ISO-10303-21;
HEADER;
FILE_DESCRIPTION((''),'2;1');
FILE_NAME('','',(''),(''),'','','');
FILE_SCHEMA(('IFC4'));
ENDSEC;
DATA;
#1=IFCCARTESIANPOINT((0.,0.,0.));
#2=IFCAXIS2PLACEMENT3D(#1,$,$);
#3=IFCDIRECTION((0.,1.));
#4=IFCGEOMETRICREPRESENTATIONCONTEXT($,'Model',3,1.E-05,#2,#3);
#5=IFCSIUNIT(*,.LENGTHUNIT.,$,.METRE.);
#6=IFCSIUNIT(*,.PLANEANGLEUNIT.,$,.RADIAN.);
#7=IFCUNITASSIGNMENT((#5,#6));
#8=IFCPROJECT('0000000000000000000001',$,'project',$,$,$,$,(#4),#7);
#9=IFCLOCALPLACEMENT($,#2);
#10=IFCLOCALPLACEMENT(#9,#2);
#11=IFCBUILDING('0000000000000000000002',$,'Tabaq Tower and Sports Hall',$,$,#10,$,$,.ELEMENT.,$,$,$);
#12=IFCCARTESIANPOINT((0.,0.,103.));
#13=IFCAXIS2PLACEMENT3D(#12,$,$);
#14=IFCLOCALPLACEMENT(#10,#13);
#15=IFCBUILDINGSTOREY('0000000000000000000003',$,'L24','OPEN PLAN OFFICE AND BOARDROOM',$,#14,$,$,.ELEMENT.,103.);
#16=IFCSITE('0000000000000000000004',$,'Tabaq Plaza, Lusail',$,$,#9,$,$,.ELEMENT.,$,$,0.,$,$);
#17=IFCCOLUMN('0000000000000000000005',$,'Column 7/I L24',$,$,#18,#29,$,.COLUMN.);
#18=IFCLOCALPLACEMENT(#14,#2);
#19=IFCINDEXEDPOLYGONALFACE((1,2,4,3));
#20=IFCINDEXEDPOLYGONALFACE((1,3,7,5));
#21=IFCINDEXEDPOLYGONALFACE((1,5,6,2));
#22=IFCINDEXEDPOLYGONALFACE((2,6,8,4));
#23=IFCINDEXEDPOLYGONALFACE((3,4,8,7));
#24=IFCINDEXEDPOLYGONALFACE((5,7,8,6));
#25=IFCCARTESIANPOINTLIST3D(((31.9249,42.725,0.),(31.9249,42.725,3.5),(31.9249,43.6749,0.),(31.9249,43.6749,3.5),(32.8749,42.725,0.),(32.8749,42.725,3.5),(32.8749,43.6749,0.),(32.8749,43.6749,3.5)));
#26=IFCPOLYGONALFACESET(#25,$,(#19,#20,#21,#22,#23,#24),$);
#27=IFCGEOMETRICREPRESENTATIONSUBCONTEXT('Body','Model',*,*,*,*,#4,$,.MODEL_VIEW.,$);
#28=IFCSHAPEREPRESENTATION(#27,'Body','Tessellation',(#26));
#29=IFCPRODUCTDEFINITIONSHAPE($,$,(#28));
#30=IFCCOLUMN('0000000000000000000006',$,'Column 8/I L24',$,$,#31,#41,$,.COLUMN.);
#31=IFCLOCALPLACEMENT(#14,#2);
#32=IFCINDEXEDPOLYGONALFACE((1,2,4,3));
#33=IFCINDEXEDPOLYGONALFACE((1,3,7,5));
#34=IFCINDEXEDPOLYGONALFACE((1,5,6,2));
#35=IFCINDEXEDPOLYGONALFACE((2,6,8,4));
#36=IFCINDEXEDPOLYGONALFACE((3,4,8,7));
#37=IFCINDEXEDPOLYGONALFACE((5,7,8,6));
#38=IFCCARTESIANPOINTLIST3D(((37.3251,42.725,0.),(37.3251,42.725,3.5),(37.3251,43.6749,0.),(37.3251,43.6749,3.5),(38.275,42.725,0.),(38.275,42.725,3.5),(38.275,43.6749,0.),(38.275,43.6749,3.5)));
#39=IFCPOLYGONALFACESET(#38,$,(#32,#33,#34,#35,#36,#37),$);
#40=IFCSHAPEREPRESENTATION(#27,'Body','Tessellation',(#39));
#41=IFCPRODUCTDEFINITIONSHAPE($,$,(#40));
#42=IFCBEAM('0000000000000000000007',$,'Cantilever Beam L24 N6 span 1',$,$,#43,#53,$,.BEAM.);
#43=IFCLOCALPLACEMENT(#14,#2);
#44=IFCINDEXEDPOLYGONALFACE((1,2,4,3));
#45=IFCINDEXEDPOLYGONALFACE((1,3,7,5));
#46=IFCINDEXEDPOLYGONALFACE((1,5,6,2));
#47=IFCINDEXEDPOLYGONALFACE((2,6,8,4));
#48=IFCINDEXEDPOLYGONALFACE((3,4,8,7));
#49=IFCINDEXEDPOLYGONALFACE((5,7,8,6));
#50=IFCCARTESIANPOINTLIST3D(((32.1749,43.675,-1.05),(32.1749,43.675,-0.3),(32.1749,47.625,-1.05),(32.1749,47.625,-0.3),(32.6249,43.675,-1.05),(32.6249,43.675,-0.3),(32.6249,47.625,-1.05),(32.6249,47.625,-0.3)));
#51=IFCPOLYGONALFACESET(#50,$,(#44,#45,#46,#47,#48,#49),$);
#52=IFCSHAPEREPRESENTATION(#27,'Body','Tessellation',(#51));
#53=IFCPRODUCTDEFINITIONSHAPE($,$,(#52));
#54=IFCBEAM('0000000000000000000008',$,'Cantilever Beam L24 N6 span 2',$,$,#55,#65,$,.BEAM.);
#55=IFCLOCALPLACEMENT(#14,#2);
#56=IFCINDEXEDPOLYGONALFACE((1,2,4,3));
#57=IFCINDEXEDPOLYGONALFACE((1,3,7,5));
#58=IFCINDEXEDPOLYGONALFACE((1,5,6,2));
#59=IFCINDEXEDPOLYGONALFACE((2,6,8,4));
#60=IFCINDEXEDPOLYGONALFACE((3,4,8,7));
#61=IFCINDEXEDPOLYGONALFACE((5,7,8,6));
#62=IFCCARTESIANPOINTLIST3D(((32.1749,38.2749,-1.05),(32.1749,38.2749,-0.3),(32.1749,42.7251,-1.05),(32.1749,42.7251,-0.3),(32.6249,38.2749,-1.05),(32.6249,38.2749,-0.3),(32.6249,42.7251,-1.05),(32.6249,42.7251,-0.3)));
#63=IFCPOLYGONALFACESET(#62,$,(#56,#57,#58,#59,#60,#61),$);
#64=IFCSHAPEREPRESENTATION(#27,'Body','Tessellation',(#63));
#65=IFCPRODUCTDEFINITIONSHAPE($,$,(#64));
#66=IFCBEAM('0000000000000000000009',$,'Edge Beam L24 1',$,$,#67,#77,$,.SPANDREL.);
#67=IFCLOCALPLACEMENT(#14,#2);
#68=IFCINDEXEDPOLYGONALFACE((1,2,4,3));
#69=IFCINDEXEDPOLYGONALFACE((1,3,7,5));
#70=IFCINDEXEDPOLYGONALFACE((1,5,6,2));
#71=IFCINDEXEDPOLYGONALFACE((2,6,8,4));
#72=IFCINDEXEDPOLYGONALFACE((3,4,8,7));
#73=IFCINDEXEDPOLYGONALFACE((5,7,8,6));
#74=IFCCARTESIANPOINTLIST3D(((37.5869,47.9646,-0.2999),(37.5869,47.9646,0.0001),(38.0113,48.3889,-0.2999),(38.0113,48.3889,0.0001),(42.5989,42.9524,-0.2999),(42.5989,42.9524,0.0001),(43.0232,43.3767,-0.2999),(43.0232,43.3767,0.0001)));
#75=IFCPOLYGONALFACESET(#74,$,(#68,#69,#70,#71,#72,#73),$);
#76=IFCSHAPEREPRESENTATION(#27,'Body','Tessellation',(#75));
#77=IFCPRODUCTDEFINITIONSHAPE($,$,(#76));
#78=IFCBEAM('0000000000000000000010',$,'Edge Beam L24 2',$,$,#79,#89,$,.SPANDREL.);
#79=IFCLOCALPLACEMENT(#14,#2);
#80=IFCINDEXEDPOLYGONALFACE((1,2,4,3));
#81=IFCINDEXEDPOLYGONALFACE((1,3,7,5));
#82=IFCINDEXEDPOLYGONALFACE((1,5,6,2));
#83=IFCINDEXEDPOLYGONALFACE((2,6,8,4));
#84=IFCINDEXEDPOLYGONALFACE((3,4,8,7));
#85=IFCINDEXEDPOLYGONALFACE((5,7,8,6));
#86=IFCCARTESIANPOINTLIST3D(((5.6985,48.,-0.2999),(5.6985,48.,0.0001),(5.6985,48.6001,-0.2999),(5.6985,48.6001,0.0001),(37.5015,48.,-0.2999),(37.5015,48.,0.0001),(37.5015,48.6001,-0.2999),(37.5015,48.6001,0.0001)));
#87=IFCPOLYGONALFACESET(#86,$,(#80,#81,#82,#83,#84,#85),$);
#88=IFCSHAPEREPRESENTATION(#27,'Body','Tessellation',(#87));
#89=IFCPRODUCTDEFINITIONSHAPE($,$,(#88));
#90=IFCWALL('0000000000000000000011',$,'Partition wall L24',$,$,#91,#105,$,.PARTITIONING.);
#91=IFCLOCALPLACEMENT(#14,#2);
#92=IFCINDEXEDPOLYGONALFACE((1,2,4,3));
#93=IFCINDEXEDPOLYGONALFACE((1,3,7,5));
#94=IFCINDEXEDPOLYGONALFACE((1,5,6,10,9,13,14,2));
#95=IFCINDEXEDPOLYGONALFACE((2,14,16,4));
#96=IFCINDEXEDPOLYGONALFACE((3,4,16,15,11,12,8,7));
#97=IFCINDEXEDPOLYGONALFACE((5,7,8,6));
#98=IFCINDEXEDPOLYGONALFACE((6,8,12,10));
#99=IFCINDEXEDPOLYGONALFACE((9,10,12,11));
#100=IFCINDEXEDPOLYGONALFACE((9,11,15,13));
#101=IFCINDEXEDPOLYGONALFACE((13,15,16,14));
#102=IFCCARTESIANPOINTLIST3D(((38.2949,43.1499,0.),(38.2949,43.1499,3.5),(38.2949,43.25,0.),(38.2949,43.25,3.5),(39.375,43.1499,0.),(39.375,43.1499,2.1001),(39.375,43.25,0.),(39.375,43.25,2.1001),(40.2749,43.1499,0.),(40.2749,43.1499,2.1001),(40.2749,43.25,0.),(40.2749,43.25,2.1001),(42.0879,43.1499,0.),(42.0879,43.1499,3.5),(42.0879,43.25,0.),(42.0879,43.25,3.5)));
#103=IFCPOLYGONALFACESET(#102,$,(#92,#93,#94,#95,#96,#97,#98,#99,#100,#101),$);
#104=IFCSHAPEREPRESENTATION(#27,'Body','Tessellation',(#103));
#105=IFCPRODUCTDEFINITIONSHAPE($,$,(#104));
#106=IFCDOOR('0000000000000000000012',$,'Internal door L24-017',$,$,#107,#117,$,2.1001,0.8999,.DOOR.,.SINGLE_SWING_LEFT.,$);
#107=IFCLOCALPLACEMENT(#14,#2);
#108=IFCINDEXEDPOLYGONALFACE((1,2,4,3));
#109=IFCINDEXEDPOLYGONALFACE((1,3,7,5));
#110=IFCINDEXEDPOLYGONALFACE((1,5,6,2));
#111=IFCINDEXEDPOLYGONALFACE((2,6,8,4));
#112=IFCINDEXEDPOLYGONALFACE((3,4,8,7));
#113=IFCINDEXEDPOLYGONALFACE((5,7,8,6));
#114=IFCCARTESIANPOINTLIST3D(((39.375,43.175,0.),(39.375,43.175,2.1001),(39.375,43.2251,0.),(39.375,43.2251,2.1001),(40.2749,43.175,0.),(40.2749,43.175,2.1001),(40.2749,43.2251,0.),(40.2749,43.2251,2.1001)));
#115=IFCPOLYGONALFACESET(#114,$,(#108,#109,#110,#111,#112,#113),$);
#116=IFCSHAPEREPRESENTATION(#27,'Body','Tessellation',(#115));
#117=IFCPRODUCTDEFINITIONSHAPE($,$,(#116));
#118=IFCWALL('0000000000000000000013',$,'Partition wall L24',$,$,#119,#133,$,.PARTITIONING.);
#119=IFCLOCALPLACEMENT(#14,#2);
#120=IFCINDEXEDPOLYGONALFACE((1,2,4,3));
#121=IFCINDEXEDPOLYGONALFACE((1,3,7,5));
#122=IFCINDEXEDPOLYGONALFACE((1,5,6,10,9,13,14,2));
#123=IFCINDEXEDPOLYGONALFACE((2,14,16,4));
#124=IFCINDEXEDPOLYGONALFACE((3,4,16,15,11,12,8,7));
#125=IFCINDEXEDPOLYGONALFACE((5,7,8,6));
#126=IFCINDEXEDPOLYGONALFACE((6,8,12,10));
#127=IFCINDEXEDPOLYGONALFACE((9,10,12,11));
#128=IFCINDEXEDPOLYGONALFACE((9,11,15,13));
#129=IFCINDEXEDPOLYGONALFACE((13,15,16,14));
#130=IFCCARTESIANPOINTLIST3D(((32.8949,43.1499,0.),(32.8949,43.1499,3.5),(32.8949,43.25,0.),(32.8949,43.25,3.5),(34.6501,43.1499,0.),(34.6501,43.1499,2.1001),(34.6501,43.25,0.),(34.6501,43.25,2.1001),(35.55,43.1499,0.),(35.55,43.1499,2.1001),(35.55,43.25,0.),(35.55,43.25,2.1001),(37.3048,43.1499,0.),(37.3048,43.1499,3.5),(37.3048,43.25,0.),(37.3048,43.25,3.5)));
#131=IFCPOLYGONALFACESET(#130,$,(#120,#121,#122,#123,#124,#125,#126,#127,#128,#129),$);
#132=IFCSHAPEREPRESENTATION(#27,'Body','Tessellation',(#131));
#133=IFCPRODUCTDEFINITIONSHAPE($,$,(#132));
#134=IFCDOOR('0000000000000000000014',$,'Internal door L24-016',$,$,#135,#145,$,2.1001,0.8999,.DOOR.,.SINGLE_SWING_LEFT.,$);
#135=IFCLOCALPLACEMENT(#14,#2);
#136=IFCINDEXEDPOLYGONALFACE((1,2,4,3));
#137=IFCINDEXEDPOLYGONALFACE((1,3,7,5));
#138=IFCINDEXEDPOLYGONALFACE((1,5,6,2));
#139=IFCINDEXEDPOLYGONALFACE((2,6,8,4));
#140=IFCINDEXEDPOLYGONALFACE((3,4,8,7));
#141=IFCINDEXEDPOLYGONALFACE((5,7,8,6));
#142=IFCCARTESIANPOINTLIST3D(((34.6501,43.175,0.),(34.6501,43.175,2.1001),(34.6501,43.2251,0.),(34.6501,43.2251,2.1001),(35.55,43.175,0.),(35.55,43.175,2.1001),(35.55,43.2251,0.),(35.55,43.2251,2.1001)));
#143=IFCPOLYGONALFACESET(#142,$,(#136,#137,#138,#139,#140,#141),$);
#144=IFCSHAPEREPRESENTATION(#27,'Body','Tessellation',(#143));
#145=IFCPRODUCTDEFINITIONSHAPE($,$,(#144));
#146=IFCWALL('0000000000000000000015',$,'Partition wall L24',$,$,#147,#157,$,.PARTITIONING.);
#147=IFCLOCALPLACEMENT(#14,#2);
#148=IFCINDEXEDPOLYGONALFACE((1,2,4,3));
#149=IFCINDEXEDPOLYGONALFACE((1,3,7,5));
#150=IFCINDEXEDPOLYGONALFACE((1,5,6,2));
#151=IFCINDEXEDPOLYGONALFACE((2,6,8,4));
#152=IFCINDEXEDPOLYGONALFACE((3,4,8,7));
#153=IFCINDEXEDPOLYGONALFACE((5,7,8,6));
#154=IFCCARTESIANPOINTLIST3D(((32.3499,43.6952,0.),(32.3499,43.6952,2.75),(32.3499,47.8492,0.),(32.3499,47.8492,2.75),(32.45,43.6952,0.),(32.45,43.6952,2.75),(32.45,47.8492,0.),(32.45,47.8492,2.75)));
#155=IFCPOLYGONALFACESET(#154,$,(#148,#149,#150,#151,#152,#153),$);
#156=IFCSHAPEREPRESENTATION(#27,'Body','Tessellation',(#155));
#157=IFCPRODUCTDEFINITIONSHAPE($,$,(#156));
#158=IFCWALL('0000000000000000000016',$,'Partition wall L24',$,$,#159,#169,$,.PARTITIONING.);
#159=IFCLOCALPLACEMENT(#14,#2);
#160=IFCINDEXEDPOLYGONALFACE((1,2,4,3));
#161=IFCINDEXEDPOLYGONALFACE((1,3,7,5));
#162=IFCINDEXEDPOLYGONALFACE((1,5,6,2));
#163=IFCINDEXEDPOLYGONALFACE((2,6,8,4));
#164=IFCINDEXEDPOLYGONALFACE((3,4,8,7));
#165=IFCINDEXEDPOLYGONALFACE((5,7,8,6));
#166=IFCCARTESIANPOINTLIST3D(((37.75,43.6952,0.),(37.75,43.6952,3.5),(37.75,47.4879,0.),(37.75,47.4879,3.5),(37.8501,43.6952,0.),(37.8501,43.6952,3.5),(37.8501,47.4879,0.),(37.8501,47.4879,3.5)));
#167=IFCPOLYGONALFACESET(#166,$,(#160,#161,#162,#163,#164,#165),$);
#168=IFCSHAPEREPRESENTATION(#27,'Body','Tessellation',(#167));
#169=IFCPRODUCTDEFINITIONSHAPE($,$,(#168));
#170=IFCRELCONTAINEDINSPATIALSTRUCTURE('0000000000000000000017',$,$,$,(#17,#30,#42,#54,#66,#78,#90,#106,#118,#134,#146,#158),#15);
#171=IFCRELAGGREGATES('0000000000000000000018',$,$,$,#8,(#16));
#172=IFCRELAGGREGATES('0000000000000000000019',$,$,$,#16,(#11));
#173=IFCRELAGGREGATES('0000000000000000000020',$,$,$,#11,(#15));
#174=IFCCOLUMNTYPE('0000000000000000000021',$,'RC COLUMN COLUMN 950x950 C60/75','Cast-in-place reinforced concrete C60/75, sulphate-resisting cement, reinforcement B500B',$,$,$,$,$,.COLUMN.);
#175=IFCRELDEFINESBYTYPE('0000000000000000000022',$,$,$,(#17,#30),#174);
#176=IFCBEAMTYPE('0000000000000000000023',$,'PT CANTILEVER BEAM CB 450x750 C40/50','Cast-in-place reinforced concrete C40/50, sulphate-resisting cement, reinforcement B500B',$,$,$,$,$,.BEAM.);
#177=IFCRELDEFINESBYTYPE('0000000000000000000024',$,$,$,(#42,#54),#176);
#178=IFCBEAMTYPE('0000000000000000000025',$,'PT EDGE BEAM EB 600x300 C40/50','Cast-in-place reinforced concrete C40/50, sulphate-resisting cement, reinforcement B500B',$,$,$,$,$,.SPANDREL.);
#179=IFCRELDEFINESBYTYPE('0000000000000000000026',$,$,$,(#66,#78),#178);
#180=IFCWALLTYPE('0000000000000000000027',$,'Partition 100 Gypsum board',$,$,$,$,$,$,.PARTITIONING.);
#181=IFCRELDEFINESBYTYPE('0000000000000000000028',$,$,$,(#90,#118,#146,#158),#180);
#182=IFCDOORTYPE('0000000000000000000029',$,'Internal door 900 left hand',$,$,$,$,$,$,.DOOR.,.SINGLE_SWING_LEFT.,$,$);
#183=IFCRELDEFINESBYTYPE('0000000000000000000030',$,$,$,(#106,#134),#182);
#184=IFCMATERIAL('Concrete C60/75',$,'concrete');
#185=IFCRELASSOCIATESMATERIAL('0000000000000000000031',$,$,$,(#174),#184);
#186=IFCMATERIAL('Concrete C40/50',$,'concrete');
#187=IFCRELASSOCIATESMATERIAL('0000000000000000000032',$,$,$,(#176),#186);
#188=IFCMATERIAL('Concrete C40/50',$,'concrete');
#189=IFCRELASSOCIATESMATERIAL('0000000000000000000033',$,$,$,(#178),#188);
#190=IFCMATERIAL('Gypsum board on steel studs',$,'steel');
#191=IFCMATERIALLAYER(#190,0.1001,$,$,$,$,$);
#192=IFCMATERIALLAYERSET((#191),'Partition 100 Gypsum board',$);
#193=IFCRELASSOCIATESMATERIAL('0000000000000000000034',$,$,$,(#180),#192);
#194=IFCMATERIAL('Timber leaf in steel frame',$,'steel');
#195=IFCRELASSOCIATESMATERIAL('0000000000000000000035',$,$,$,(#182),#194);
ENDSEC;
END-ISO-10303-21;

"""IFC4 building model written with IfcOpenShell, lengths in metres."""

from ifc_helpers import new_model, si_unit, direction, frame, frame_2d, origin, origin_2d, place, context, subcontext, project, spatial, rectangle, extrude, material, layer, layer_set, material_profile, profile_set, type_object, element, fill, save


model = new_model("IFC4")

# Units and contexts
model_context = context("Model", 3, precision=1e-05, world=origin(), true_north=direction((0.0, 1.0)))
body_context = subcontext(model_context, "Body", "Model", "MODEL_VIEW")
ifc_project = project(units=[si_unit("LENGTHUNIT", "METRE"), si_unit("PLANEANGLEUNIT", "RADIAN")], contexts=[model_context])

# Site, building, storey
site_placement = place(None, origin())
site = spatial("IfcSite", under=ifc_project, at=site_placement, Name="Tabaq Plaza, Lusail", CompositionType="ELEMENT", RefElevation=0.0)
building_placement = place(site_placement, origin())
building = spatial("IfcBuilding", under=site, at=building_placement, Name="Tabaq Tower and Sports Hall", CompositionType="ELEMENT")
storey_placement = place(building_placement, frame((0.0, 0.0, 103.0)))
storey = spatial("IfcBuildingStorey", under=building, at=storey_placement, Name="L24", Description="OPEN PLAN OFFICE AND BOARDROOM", CompositionType="ELEMENT", Elevation=103.0)

# Columns
ifc_material_1 = material(Name="Concrete C60/75", Category="concrete")
ifc_material_profile_1 = material_profile(ifc_material_1, rectangle(XDim=0.95, YDim=0.95, at=origin_2d()), Name="COLUMN 950x950")
ifc_profile_set_1 = profile_set([ifc_material_profile_1], Name="Concrete C60/75")
column_type = type_object("IfcColumnType", Name="RC COLUMN COLUMN 950x950 C60/75", Description="Cast-in-place reinforced concrete C60/75, sulphate-resisting cement, reinforcement B500B", PredefinedType="COLUMN", material=ifc_profile_set_1)
for number, where, z_axis, x_axis, name in (
    (1, (32.3999, 43.2, 0.0), (0.0, 0.0, 1.0), (1.0, 0.0, 0.0), "Column 7/I L24"),
    (2, (37.8, 43.2, 0.0), (0.0, 0.0, 1.0), (1.0, 0.0, 0.0), "Column 8/I L24"),
):
    element("IfcColumn", number, at=place(storey_placement, frame(where, z_axis=z_axis, x_axis=x_axis)), inside=storey, type_object=column_type, Name=name, PredefinedType="COLUMN", context=body_context, shape_type="SweptSolid", body=[
        extrude(rectangle(XDim=0.95, YDim=0.95, at=origin_2d()), origin(), (0.0, 0.0, 1.0), 3.5),
    ])

# Beams
ifc_material_2 = material(Name="Concrete C40/50", Category="concrete")
ifc_material_profile_2 = material_profile(ifc_material_2, rectangle(XDim=0.45, YDim=0.75, at=origin_2d()), Name="CB 450x750")
ifc_profile_set_2 = profile_set([ifc_material_profile_2], Name="Concrete C40/50")
beam_type_1 = type_object("IfcBeamType", Name="PT CANTILEVER BEAM CB 450x750 C40/50", Description="Cast-in-place reinforced concrete C40/50, sulphate-resisting cement, reinforcement B500B", PredefinedType="BEAM", material=ifc_profile_set_2)
beam_1_placement = place(storey_placement, frame((32.3999, 47.625, -0.675), z_axis=(0.0, -1.0, 0.0), x_axis=(1.0, 0.0, 0.0)))
element("IfcBeam", 3, at=beam_1_placement, inside=storey, type_object=beam_type_1, Name="Cantilever Beam L24 N6 span 1", PredefinedType="BEAM", context=body_context, shape_type="SweptSolid", body=[
    extrude(rectangle(XDim=0.45, YDim=0.75, at=origin_2d()), origin(), (0.0, 0.0, 1.0), 3.95),
])
beam_2_placement = place(storey_placement, frame((32.3999, 42.7251, -0.675), z_axis=(0.0, -1.0, 0.0), x_axis=(1.0, 0.0, 0.0)))
element("IfcBeam", 4, at=beam_2_placement, inside=storey, type_object=beam_type_1, Name="Cantilever Beam L24 N6 span 2", PredefinedType="BEAM", context=body_context, shape_type="SweptSolid", body=[
    extrude(rectangle(XDim=0.45, YDim=0.75, at=origin_2d()), origin(), (0.0, 0.0, 1.0), 4.4502),
])
ifc_material_3 = material(Name="Concrete C40/50", Category="concrete")
ifc_material_profile_3 = material_profile(ifc_material_3, rectangle(XDim=0.6001, YDim=0.3, at=origin_2d()), Name="EB 600x300")
ifc_profile_set_3 = profile_set([ifc_material_profile_3], Name="Concrete C40/50")
beam_type_2 = type_object("IfcBeamType", Name="PT EDGE BEAM EB 600x300 C40/50", Description="Cast-in-place reinforced concrete C40/50, sulphate-resisting cement, reinforcement B500B", PredefinedType="SPANDREL", material=ifc_profile_set_3)
beam_3_placement = place(storey_placement, frame((42.811, 43.1646, -0.1499), z_axis=(-0.70709, 0.707124, 0.0), x_axis=(-0.707124, -0.70709, 0.0)))
element("IfcBeam", 5, at=beam_3_placement, inside=storey, type_object=beam_type_2, Name="Edge Beam L24 1", PredefinedType="SPANDREL", context=body_context, shape_type="SweptSolid", body=[
    extrude(rectangle(XDim=0.6001, YDim=0.3, at=origin_2d()), origin(), (0.0, 0.0, 1.0), 7.0881),
])
beam_4_placement = place(storey_placement, frame((37.5015, 48.3, -0.1499), z_axis=(-1.0, 0.0, 0.0), x_axis=(0.0, -1.0, 0.0)))
element("IfcBeam", 6, at=beam_4_placement, inside=storey, type_object=beam_type_2, Name="Edge Beam L24 2", PredefinedType="SPANDREL", context=body_context, shape_type="SweptSolid", body=[
    extrude(rectangle(XDim=0.6001, YDim=0.3, at=origin_2d()), origin(), (0.0, 0.0, 1.0), 31.803),
])

# Walls, openings, doors
ifc_material_4 = material(Name="Gypsum board on steel studs", Category="steel")
ifc_layer_1 = layer(ifc_material_4, 0.1001)
ifc_layer_set_1 = layer_set([ifc_layer_1], Name="Partition 100 Gypsum board")
wall_type_1 = type_object("IfcWallType", Name="Partition 100 Gypsum board", PredefinedType="PARTITIONING", material=ifc_layer_set_1)
wall_1_placement = place(storey_placement, frame((42.0879, 43.2, 0.0), z_axis=(0.0, 0.0, 1.0), x_axis=(-1.0, 0.0, 0.0)))
wall_1 = element("IfcWall", 7, at=wall_1_placement, inside=storey, type_object=wall_type_1, Name="Partition wall L24", PredefinedType="PARTITIONING", context=body_context, shape_type="SweptSolid", body=[
    extrude(rectangle(XDim=3.793, YDim=0.1001, at=frame_2d((1.8965, 0.0))), origin(), (0.0, 0.0, 1.0), 3.5),
])
opening_1_placement = place(wall_1_placement, frame((1.813, 0.0, 0.0)))
opening_1 = element("IfcOpeningElement", 8, at=opening_1_placement, cuts=wall_1, PredefinedType="OPENING", context=body_context, shape_type="SweptSolid", body=[
    extrude(rectangle(XDim=0.8999, YDim=2.1001, at=frame_2d((0.45, 1.05))), frame((0.0, 0.05, 0.0), z_axis=(0.0, -1.0, 0.0), x_axis=(1.0, 0.0, 0.0)), (0.0, 0.0, 1.0), 0.1001),
])
ifc_material_5 = material(Name="Timber leaf in steel frame", Category="steel")
door_type = type_object("IfcDoorType", Name="Internal door 900 left hand", OperationType="SINGLE_SWING_LEFT", PredefinedType="DOOR", material=ifc_material_5)
door_1_placement = place(opening_1_placement, origin())
door_1 = element("IfcDoor", 9, at=door_1_placement, inside=storey, type_object=door_type, Name="Internal door L24-017", OperationType="SINGLE_SWING_LEFT", OverallHeight=2.1001, OverallWidth=0.8999, PredefinedType="DOOR", context=body_context, shape_type="SweptSolid", body=[
    extrude(rectangle(XDim=0.8999, YDim=2.1001, at=frame_2d((0.45, 1.05))), frame((0.0, 0.0249, 0.0), z_axis=(0.0, -1.0, 0.0), x_axis=(1.0, 0.0, 0.0)), (0.0, 0.0, 1.0), 0.05),
])
fill(opening_1, door_1)
wall_2_placement = place(storey_placement, frame((37.3049, 43.2, 0.0), z_axis=(0.0, 0.0, 1.0), x_axis=(-1.0, 0.0, 0.0)))
wall_2 = element("IfcWall", 10, at=wall_2_placement, inside=storey, type_object=wall_type_1, Name="Partition wall L24", PredefinedType="PARTITIONING", context=body_context, shape_type="SweptSolid", body=[
    extrude(rectangle(XDim=4.4099, YDim=0.1001, at=frame_2d((2.2051, 0.0))), origin(), (0.0, 0.0, 1.0), 3.5),
])
opening_2_placement = place(wall_2_placement, frame((1.7549, 0.0, 0.0)))
opening_2 = element("IfcOpeningElement", 11, at=opening_2_placement, cuts=wall_2, PredefinedType="OPENING", context=body_context, shape_type="SweptSolid", body=[
    extrude(rectangle(XDim=0.8999, YDim=2.1001, at=frame_2d((0.45, 1.05))), frame((0.0, 0.05, 0.0), z_axis=(0.0, -1.0, 0.0), x_axis=(1.0, 0.0, 0.0)), (0.0, 0.0, 1.0), 0.1001),
])
door_2_placement = place(opening_2_placement, origin())
door_2 = element("IfcDoor", 12, at=door_2_placement, inside=storey, type_object=door_type, Name="Internal door L24-016", OperationType="SINGLE_SWING_LEFT", OverallHeight=2.1001, OverallWidth=0.8999, PredefinedType="DOOR", context=body_context, shape_type="SweptSolid", body=[
    extrude(rectangle(XDim=0.8999, YDim=2.1001, at=frame_2d((0.45, 1.05))), frame((0.0, 0.0249, 0.0), z_axis=(0.0, -1.0, 0.0), x_axis=(1.0, 0.0, 0.0)), (0.0, 0.0, 1.0), 0.05),
])
fill(opening_2, door_2)

# Walls
wall_3_placement = place(storey_placement, frame((32.3999, 43.6951, 0.0), z_axis=(0.0, 0.0, 1.0), x_axis=(0.0, 1.0, 0.0)))
element("IfcWall", 13, at=wall_3_placement, inside=storey, type_object=wall_type_1, Name="Partition wall L24", PredefinedType="PARTITIONING", context=body_context, shape_type="SweptSolid", body=[
    extrude(rectangle(XDim=4.1541, YDim=0.1001, at=frame_2d((2.0771, 0.0))), origin(), (0.0, 0.0, 1.0), 2.75),
])
wall_4_placement = place(storey_placement, frame((37.8, 43.6951, 0.0), z_axis=(0.0, 0.0, 1.0), x_axis=(0.0, 1.0, 0.0)))
element("IfcWall", 14, at=wall_4_placement, inside=storey, type_object=wall_type_1, Name="Partition wall L24", PredefinedType="PARTITIONING", context=body_context, shape_type="SweptSolid", body=[
    extrude(rectangle(XDim=3.7927, YDim=0.1001, at=frame_2d((1.8965, 0.0))), origin(), (0.0, 0.0, 1.0), 3.5),
])

save(model, "model.ifc")
